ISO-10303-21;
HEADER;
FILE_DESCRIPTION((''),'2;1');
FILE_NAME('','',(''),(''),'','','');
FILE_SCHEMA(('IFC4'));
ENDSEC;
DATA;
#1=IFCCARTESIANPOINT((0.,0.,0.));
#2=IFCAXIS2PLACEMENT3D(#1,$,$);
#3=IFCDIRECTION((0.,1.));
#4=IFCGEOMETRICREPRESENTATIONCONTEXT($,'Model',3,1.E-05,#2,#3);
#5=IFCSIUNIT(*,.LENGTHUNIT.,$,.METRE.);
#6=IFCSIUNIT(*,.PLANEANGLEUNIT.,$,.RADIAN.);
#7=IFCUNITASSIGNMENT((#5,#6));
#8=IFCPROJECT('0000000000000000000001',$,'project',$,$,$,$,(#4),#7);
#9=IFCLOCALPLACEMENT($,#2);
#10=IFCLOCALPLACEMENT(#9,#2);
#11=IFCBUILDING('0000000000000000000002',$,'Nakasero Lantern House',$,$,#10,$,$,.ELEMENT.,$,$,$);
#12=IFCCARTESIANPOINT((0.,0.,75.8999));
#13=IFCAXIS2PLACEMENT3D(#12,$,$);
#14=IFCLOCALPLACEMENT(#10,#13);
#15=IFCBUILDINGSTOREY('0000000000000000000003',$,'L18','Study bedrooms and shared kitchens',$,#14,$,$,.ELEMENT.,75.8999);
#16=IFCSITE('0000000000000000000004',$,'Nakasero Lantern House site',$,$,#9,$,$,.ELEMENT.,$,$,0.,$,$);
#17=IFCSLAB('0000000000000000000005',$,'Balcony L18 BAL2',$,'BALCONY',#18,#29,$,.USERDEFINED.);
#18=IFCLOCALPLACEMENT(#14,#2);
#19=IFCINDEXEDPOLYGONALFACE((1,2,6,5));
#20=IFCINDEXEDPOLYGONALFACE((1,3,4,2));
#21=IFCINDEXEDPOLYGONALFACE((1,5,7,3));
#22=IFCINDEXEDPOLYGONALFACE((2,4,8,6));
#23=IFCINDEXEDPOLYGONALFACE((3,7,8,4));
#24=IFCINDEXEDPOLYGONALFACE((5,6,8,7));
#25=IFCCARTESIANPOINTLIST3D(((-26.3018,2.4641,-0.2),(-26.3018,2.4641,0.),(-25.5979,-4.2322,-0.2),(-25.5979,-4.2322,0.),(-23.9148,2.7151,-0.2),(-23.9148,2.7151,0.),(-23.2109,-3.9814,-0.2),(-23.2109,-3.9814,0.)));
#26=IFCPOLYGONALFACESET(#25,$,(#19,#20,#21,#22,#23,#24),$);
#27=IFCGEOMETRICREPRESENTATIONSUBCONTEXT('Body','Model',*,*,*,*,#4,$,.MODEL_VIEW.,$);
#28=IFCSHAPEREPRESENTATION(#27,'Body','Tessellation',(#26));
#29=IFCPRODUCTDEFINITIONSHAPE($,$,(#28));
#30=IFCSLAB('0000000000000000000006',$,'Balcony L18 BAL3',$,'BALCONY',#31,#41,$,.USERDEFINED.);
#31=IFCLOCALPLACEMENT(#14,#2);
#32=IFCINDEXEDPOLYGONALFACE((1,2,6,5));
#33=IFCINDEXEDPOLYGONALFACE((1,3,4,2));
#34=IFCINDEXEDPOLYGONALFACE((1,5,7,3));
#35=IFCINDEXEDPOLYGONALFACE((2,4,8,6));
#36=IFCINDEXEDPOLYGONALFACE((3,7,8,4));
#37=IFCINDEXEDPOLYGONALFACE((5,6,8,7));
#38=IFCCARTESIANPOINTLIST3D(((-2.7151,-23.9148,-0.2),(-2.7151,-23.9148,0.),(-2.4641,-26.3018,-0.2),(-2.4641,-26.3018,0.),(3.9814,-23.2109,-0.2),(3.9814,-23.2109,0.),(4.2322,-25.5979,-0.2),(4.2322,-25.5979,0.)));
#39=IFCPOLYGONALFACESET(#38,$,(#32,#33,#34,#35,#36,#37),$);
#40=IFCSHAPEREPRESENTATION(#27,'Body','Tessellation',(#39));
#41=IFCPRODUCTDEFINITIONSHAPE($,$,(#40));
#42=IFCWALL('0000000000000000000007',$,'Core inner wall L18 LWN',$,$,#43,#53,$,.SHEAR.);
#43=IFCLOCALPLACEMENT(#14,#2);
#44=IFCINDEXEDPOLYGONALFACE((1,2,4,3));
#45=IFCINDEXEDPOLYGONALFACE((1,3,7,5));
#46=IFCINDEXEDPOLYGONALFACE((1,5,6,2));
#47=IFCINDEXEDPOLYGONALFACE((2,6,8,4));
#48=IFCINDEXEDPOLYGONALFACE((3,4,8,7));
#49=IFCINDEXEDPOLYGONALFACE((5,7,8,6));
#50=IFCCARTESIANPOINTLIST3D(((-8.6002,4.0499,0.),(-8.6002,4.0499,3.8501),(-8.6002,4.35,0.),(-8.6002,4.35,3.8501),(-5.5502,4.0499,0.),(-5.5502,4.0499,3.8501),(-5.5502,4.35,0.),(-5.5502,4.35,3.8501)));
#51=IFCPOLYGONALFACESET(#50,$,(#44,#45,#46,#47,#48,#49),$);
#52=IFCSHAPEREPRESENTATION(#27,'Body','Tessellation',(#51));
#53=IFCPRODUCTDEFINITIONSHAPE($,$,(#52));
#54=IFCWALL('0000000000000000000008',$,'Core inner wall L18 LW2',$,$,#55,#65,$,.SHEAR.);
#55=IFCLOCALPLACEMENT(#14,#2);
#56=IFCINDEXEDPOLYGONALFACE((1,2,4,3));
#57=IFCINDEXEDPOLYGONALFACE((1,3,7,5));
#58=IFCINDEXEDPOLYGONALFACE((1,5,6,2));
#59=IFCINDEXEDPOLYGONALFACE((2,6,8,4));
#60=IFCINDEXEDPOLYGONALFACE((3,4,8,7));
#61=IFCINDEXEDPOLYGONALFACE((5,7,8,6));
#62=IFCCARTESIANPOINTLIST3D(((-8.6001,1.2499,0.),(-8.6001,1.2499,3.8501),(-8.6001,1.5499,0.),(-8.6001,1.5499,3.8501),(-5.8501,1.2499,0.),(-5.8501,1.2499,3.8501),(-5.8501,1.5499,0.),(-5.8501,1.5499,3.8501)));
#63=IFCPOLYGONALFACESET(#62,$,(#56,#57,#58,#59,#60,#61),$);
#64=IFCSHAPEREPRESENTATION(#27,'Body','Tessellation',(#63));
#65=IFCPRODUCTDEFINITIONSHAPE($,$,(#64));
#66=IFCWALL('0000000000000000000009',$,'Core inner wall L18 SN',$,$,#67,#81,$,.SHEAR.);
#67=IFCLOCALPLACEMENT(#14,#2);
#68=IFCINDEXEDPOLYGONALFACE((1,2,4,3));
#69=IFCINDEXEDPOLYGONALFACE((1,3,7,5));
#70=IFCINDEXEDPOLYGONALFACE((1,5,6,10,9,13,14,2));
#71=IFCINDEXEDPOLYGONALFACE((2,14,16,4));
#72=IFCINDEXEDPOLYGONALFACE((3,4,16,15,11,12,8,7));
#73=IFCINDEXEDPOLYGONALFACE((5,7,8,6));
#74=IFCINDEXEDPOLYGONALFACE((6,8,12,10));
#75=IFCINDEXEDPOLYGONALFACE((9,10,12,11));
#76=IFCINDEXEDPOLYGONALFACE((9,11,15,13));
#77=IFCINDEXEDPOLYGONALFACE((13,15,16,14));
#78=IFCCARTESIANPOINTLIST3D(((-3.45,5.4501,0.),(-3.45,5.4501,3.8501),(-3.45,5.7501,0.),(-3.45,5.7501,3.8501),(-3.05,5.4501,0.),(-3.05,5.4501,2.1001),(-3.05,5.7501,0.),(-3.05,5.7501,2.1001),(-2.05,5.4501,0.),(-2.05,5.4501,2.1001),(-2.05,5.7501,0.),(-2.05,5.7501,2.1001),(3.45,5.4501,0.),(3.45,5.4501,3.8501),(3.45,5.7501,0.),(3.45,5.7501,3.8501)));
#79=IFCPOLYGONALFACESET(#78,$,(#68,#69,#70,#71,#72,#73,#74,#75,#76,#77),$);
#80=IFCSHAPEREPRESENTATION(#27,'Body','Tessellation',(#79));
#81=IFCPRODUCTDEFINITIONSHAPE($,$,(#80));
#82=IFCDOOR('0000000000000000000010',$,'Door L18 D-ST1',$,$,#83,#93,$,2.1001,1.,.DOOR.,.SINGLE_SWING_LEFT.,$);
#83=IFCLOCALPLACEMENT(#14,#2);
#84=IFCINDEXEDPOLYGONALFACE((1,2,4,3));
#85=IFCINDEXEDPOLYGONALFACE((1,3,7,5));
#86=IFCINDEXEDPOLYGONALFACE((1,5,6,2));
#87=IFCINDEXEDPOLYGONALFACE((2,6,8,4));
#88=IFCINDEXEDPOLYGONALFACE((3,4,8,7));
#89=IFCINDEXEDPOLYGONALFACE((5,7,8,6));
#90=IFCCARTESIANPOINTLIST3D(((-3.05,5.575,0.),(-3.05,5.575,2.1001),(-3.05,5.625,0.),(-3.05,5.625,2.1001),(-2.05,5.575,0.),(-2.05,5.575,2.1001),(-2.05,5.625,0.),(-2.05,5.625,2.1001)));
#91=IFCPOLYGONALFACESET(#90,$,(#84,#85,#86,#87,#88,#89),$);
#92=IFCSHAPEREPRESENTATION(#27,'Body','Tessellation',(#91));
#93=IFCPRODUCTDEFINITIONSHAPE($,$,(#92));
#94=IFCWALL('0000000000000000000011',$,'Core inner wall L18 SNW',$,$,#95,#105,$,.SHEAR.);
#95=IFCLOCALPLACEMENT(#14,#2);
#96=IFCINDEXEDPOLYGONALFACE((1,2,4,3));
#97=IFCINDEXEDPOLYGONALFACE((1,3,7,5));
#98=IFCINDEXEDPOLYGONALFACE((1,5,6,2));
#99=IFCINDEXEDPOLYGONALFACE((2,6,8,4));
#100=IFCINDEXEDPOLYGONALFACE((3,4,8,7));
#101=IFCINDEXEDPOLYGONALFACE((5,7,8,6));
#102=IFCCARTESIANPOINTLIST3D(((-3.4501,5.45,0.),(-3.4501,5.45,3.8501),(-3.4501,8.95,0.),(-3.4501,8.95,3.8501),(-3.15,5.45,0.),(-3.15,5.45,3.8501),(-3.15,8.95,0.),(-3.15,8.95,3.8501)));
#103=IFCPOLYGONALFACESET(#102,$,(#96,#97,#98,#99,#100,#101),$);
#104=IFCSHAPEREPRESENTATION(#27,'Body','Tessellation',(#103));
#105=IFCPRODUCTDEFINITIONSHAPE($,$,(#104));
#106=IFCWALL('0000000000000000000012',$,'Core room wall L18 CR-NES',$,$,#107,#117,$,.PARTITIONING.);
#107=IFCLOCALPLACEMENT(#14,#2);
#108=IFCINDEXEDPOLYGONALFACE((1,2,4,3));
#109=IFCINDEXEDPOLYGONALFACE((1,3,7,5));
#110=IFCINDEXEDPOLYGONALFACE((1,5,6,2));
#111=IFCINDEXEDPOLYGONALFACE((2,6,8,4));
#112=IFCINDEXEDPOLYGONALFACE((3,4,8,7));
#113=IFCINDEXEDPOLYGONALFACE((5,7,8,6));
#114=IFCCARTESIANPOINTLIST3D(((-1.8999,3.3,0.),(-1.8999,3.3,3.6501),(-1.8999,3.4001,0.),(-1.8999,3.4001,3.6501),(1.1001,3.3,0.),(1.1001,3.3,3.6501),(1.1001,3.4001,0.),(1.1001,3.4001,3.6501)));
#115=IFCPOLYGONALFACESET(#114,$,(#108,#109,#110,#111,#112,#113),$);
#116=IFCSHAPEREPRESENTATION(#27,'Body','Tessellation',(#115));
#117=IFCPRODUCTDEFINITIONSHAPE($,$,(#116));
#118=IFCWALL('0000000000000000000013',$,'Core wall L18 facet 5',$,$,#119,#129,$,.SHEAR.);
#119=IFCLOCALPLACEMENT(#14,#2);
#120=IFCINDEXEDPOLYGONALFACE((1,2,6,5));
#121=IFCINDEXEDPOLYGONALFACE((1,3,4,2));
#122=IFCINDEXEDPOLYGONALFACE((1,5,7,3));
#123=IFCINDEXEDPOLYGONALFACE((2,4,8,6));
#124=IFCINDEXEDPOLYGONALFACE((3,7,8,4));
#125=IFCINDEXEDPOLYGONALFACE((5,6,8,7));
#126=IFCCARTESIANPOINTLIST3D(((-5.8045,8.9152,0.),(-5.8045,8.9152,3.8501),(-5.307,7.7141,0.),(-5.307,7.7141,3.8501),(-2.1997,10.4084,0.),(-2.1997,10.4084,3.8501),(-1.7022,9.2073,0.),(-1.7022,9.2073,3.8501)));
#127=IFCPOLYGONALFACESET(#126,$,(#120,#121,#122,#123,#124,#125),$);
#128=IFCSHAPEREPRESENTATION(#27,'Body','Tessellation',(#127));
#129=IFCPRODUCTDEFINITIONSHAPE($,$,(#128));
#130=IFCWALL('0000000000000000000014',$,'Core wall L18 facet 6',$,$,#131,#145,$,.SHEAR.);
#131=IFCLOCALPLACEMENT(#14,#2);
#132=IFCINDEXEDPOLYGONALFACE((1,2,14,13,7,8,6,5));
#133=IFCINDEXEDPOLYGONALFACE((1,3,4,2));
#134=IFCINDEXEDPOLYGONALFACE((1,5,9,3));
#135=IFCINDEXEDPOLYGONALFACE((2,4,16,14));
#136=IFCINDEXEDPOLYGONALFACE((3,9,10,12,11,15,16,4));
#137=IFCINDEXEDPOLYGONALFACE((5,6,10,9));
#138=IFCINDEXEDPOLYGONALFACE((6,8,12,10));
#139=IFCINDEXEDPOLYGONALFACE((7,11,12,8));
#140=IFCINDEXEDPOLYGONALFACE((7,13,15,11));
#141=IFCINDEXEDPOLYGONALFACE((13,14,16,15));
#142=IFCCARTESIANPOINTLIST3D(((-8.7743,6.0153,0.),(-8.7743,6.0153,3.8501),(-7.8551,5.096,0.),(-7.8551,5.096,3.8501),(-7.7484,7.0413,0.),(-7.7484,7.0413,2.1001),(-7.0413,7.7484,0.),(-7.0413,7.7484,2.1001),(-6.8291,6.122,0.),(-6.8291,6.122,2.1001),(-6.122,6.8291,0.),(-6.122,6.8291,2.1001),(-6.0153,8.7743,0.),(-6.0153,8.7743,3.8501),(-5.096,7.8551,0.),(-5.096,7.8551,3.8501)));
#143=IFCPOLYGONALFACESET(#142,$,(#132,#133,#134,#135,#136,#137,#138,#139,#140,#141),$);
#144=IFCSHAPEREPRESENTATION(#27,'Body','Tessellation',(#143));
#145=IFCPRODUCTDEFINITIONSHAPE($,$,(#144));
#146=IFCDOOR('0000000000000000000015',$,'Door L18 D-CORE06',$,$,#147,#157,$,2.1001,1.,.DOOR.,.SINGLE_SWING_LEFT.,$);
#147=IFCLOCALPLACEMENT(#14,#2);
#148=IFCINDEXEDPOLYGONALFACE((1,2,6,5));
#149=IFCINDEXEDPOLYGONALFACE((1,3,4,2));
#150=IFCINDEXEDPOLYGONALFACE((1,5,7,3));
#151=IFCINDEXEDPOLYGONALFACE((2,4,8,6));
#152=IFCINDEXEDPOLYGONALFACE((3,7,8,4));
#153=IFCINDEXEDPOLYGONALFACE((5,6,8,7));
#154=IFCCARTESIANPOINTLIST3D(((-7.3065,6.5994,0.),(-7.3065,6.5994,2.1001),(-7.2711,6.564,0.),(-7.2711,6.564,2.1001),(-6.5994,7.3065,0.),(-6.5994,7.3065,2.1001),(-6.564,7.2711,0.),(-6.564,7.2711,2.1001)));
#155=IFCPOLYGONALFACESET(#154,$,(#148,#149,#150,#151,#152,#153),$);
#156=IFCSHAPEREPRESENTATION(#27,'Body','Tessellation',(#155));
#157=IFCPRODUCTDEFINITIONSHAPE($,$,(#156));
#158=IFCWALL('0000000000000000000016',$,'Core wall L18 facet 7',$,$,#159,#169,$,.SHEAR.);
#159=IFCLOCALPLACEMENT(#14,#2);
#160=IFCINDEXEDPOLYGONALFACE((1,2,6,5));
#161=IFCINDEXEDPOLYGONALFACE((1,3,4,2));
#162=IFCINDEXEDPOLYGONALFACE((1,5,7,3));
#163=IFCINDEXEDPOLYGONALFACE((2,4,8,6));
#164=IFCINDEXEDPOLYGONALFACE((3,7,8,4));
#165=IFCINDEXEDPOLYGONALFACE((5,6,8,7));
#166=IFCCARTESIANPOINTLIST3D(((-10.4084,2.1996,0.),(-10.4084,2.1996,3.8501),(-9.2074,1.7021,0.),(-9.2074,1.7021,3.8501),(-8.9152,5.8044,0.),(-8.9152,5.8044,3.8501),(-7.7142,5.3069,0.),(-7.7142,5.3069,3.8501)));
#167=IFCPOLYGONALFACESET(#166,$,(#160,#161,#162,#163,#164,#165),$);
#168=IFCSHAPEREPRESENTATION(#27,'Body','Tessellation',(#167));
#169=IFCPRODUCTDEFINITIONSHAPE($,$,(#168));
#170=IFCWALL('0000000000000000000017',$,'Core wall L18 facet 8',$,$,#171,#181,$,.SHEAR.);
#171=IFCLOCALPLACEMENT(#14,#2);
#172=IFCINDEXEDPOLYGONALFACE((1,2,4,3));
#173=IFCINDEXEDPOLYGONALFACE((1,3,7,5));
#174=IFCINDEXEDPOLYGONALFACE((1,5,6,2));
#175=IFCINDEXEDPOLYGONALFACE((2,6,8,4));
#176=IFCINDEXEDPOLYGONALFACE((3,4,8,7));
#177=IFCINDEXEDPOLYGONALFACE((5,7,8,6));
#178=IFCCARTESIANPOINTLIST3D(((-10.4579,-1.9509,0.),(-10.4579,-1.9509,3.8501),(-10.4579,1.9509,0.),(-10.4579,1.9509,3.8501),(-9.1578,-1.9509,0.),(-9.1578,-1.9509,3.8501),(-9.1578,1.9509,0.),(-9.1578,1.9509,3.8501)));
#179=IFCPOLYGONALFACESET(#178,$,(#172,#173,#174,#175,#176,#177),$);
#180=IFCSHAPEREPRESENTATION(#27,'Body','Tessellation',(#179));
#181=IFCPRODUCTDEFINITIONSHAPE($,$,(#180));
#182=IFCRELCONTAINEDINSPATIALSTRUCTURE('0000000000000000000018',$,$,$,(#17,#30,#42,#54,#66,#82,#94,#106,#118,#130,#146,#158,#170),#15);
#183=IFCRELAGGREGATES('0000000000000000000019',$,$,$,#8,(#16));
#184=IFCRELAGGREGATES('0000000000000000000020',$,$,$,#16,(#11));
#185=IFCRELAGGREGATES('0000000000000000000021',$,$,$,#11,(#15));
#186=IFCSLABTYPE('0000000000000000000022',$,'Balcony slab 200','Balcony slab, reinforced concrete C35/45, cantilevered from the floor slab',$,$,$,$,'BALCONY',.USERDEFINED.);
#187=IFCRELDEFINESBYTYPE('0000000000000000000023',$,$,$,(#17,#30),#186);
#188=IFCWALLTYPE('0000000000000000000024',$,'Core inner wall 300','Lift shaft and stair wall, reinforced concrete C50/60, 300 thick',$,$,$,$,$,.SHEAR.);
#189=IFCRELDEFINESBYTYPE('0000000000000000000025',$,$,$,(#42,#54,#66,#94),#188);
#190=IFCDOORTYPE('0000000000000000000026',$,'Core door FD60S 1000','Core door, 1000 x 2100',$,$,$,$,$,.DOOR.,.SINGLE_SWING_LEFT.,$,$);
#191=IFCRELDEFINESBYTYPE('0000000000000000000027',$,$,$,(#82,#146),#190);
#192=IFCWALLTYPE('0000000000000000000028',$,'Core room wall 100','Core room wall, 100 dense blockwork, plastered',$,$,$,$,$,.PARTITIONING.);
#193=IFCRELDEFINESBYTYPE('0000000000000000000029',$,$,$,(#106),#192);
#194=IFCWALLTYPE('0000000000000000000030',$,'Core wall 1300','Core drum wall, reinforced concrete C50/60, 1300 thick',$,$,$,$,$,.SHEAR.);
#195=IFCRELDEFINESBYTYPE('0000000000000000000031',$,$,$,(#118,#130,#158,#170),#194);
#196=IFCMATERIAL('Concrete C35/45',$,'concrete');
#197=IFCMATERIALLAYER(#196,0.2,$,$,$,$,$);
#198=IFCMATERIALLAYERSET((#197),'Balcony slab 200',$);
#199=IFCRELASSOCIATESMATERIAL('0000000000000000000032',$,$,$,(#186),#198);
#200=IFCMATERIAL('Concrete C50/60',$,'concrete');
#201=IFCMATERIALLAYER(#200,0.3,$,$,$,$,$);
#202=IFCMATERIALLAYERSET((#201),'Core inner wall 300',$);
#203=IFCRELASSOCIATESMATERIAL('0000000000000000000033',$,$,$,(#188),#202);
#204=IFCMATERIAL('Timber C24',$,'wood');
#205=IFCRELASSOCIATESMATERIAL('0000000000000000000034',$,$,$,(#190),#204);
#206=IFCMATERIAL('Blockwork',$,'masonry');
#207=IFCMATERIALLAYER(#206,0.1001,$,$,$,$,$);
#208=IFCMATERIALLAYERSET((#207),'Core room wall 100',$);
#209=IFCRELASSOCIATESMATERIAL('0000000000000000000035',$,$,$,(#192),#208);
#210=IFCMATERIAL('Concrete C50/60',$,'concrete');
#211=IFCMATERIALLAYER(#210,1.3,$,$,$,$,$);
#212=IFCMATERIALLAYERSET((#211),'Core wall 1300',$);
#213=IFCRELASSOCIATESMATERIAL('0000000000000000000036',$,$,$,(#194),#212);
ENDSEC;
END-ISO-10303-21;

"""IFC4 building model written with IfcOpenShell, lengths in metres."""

from ifc_helpers import new_model, si_unit, direction, frame, frame_2d, origin, place, context, subcontext, project, spatial, polyline, rectangle, outline, extrude, material, layer, layer_set, type_object, element, fill, save


model = new_model("IFC4")

# Units and contexts
model_context = context("Model", 3, precision=1e-05, world=origin(), true_north=direction((0.0, 1.0)))
body_context = subcontext(model_context, "Body", "Model", "MODEL_VIEW")
ifc_project = project(units=[si_unit("LENGTHUNIT", "METRE"), si_unit("PLANEANGLEUNIT", "RADIAN")], contexts=[model_context])

# Site, building, storey
site_placement = place(None, origin())
site = spatial("IfcSite", under=ifc_project, at=site_placement, Name="Nakasero Lantern House site", CompositionType="ELEMENT", RefElevation=0.0)
building_placement = place(site_placement, origin())
building = spatial("IfcBuilding", under=site, at=building_placement, Name="Nakasero Lantern House", CompositionType="ELEMENT")
storey_placement = place(building_placement, frame((0.0, 0.0, 75.8999)))
storey = spatial("IfcBuildingStorey", under=building, at=storey_placement, Name="L18", Description="Study bedrooms and shared kitchens", CompositionType="ELEMENT", Elevation=75.8999)

# Slabs
ifc_material_1 = material(Name="Concrete C35/45", Category="concrete")
ifc_layer_1 = layer(ifc_material_1, 0.2)
ifc_layer_set_1 = layer_set([ifc_layer_1], Name="Balcony slab 200")
slab_type = type_object("IfcSlabType", Name="Balcony slab 200", Description="Balcony slab, reinforced concrete C35/45, cantilevered from the floor slab", ElementType="BALCONY", PredefinedType="USERDEFINED", material=ifc_layer_set_1)
slab_1_placement = place(storey_placement, frame((0.0, 0.0, -0.2)))
element("IfcSlab", 1, at=slab_1_placement, inside=storey, type_object=slab_type, Name="Balcony L18 BAL2", ObjectType="BALCONY", PredefinedType="USERDEFINED", context=body_context, shape_type="SweptSolid", body=[
    extrude(outline(polyline([(-23.9148, 2.7151), (-26.3018, 2.4641), (-25.5979, -4.2322), (-23.2109, -3.9814), (-23.9148, 2.7151)])), origin(), (0.0, 0.0, 1.0), 0.2),
])
slab_2_placement = place(storey_placement, frame((0.0, 0.0, -0.2)))
element("IfcSlab", 2, at=slab_2_placement, inside=storey, type_object=slab_type, Name="Balcony L18 BAL3", ObjectType="BALCONY", PredefinedType="USERDEFINED", context=body_context, shape_type="SweptSolid", body=[
    extrude(outline(polyline([(-2.7151, -23.9148), (-2.4641, -26.3018), (4.2322, -25.5979), (3.9814, -23.2109), (-2.7151, -23.9148)])), origin(), (0.0, 0.0, 1.0), 0.2),
])

# Walls
ifc_material_2 = material(Name="Concrete C50/60", Category="concrete")
ifc_layer_2 = layer(ifc_material_2, 0.3)
ifc_layer_set_2 = layer_set([ifc_layer_2], Name="Core inner wall 300")
wall_type_1 = type_object("IfcWallType", Name="Core inner wall 300", Description="Lift shaft and stair wall, reinforced concrete C50/60, 300 thick", PredefinedType="SHEAR", material=ifc_layer_set_2)
wall_1_placement = place(storey_placement, frame((-8.6001, 4.2, 0.0), z_axis=(0.0, 0.0, 1.0), x_axis=(1.0, 0.0, 0.0)))
element("IfcWall", 3, at=wall_1_placement, inside=storey, type_object=wall_type_1, Name="Core inner wall L18 LWN", PredefinedType="SHEAR", context=body_context, shape_type="SweptSolid", body=[
    extrude(rectangle(XDim=3.05, YDim=0.3, at=frame_2d((1.5249, 0.0))), origin(), (0.0, 0.0, 1.0), 3.8501),
])
wall_2_placement = place(storey_placement, frame((-8.6001, 1.3999, 0.0), z_axis=(0.0, 0.0, 1.0), x_axis=(1.0, 0.0, 0.0)))
element("IfcWall", 4, at=wall_2_placement, inside=storey, type_object=wall_type_1, Name="Core inner wall L18 LW2", PredefinedType="SHEAR", context=body_context, shape_type="SweptSolid", body=[
    extrude(rectangle(XDim=2.75, YDim=0.3, at=frame_2d((1.375, 0.0))), origin(), (0.0, 0.0, 1.0), 3.8501),
])

# Wall, opening, door
wall_3_placement = place(storey_placement, frame((-3.45, 5.6001, 0.0), z_axis=(0.0, 0.0, 1.0), x_axis=(1.0, 0.0, 0.0)))
wall_3 = element("IfcWall", 5, at=wall_3_placement, inside=storey, type_object=wall_type_1, Name="Core inner wall L18 SN", PredefinedType="SHEAR", context=body_context, shape_type="SweptSolid", body=[
    extrude(rectangle(XDim=6.8999, YDim=0.3, at=frame_2d((3.45, 0.0))), origin(), (0.0, 0.0, 1.0), 3.8501),
])
opening_1_placement = place(wall_3_placement, frame((0.3999, 0.0, 0.0)))
opening_1 = element("IfcOpeningElement", 6, at=opening_1_placement, cuts=wall_3, PredefinedType="OPENING", context=body_context, shape_type="SweptSolid", body=[
    extrude(rectangle(XDim=1.0, YDim=2.1001, at=frame_2d((0.5, 1.05))), frame((0.0, 0.1699, 0.0), z_axis=(0.0, -1.0, 0.0), x_axis=(1.0, 0.0, 0.0)), (0.0, 0.0, 1.0), 0.3401),
])
ifc_material_3 = material(Name="Timber C24", Category="wood")
door_type = type_object("IfcDoorType", Name="Core door FD60S 1000", Description="Core door, 1000 x 2100", OperationType="SINGLE_SWING_LEFT", PredefinedType="DOOR", material=ifc_material_3)
door_1_placement = place(opening_1_placement, origin())
door_1 = element("IfcDoor", 7, at=door_1_placement, inside=storey, type_object=door_type, Name="Door L18 D-ST1", OperationType="SINGLE_SWING_LEFT", OverallHeight=2.1001, OverallWidth=1.0, PredefinedType="DOOR", context=body_context, shape_type="SweptSolid", body=[
    extrude(rectangle(XDim=1.0, YDim=2.1001, at=frame_2d((0.5, 1.05))), frame((0.0, 0.0249, 0.0), z_axis=(0.0, -1.0, 0.0), x_axis=(1.0, 0.0, 0.0)), (0.0, 0.0, 1.0), 0.05),
])
fill(opening_1, door_1)

# Walls
wall_4_placement = place(storey_placement, frame((-3.3, 5.45, 0.0), z_axis=(0.0, 0.0, 1.0), x_axis=(0.0, 1.0, 0.0)))
element("IfcWall", 8, at=wall_4_placement, inside=storey, type_object=wall_type_1, Name="Core inner wall L18 SNW", PredefinedType="SHEAR", context=body_context, shape_type="SweptSolid", body=[
    extrude(rectangle(XDim=3.5, YDim=0.3, at=frame_2d((1.75, 0.0))), origin(), (0.0, 0.0, 1.0), 3.8501),
])
ifc_material_4 = material(Name="Blockwork", Category="masonry")
ifc_layer_3 = layer(ifc_material_4, 0.1001)
ifc_layer_set_3 = layer_set([ifc_layer_3], Name="Core room wall 100")
wall_type_2 = type_object("IfcWallType", Name="Core room wall 100", Description="Core room wall, 100 dense blockwork, plastered", PredefinedType="PARTITIONING", material=ifc_layer_set_3)
wall_5_placement = place(storey_placement, frame((-1.8999, 3.3501, 0.0), z_axis=(0.0, 0.0, 1.0), x_axis=(1.0, 0.0, 0.0)))
element("IfcWall", 9, at=wall_5_placement, inside=storey, type_object=wall_type_2, Name="Core room wall L18 CR-NES", PredefinedType="PARTITIONING", context=body_context, shape_type="SweptSolid", body=[
    extrude(rectangle(XDim=3.0, YDim=0.1001, at=frame_2d((1.5, 0.0))), origin(), (0.0, 0.0, 1.0), 3.6501),
])
ifc_material_5 = material(Name="Concrete C50/60", Category="concrete")
ifc_layer_4 = layer(ifc_material_5, 1.3)
ifc_layer_set_4 = layer_set([ifc_layer_4], Name="Core wall 1300")
wall_type_3 = type_object("IfcWallType", Name="Core wall 1300", Description="Core drum wall, reinforced concrete C50/60, 1300 thick", PredefinedType="SHEAR", material=ifc_layer_set_4)
wall_6_placement = place(storey_placement, frame((-1.9509, 9.8079, 0.0), z_axis=(0.0, 0.0, 1.0), x_axis=(-0.923877, -0.382691, 0.0)))
element("IfcWall", 10, at=wall_6_placement, inside=storey, type_object=wall_type_3, Name="Core wall L18 facet 5", PredefinedType="SHEAR", context=body_context, shape_type="SweptSolid", body=[
    extrude(rectangle(XDim=3.9019, YDim=1.3, at=frame_2d((1.9509, 0.0))), origin(), (0.0, 0.0, 1.0), 3.8501),
])

# Wall, opening, door
wall_7_placement = place(storey_placement, frame((-5.5557, 8.3147, 0.0), z_axis=(0.0, 0.0, 1.0), x_axis=(-0.707107, -0.707107, 0.0)))
wall_7 = element("IfcWall", 11, at=wall_7_placement, inside=storey, type_object=wall_type_3, Name="Core wall L18 facet 6", PredefinedType="SHEAR", context=body_context, shape_type="SweptSolid", body=[
    extrude(rectangle(XDim=3.9019, YDim=1.3, at=frame_2d((1.9509, 0.0))), origin(), (0.0, 0.0, 1.0), 3.8501),
])
opening_2_placement = place(wall_7_placement, frame((1.4509, 0.0, 0.0)))
opening_2 = element("IfcOpeningElement", 12, at=opening_2_placement, cuts=wall_7, PredefinedType="OPENING", context=body_context, shape_type="SweptSolid", body=[
    extrude(rectangle(XDim=1.0, YDim=2.1001, at=frame_2d((0.5, 1.05))), frame((0.0, 0.6699, 0.0), z_axis=(0.0, -1.0, 0.0), x_axis=(1.0, 0.0, 0.0)), (0.0, 0.0, 1.0), 1.3401),
])
door_2_placement = place(opening_2_placement, origin())
door_2 = element("IfcDoor", 13, at=door_2_placement, inside=storey, type_object=door_type, Name="Door L18 D-CORE06", OperationType="SINGLE_SWING_LEFT", OverallHeight=2.1001, OverallWidth=1.0, PredefinedType="DOOR", context=body_context, shape_type="SweptSolid", body=[
    extrude(rectangle(XDim=1.0, YDim=2.1001, at=frame_2d((0.5, 1.05))), frame((0.0, 0.0249, 0.0), z_axis=(0.0, -1.0, 0.0), x_axis=(1.0, 0.0, 0.0)), (0.0, 0.0, 1.0), 0.05),
])
fill(opening_2, door_2)

# Walls
for number, where, z_axis, x_axis, name in (
    (14, (-8.3147, 5.5557, 0.0), (0.0, 0.0, 1.0), (-0.382691, -0.923877, 0.0), "Core wall L18 facet 7"),
    (15, (-9.8079, 1.9509, 0.0), (0.0, 0.0, 1.0), (0.0, -1.0, 0.0), "Core wall L18 facet 8"),
):
    element("IfcWall", number, at=place(storey_placement, frame(where, z_axis=z_axis, x_axis=x_axis)), inside=storey, type_object=wall_type_3, Name=name, PredefinedType="SHEAR", context=body_context, shape_type="SweptSolid", body=[
        extrude(rectangle(XDim=3.9019, YDim=1.3, at=frame_2d((1.9509, 0.0))), origin(), (0.0, 0.0, 1.0), 3.8501),
    ])

save(model, "model.ifc")
